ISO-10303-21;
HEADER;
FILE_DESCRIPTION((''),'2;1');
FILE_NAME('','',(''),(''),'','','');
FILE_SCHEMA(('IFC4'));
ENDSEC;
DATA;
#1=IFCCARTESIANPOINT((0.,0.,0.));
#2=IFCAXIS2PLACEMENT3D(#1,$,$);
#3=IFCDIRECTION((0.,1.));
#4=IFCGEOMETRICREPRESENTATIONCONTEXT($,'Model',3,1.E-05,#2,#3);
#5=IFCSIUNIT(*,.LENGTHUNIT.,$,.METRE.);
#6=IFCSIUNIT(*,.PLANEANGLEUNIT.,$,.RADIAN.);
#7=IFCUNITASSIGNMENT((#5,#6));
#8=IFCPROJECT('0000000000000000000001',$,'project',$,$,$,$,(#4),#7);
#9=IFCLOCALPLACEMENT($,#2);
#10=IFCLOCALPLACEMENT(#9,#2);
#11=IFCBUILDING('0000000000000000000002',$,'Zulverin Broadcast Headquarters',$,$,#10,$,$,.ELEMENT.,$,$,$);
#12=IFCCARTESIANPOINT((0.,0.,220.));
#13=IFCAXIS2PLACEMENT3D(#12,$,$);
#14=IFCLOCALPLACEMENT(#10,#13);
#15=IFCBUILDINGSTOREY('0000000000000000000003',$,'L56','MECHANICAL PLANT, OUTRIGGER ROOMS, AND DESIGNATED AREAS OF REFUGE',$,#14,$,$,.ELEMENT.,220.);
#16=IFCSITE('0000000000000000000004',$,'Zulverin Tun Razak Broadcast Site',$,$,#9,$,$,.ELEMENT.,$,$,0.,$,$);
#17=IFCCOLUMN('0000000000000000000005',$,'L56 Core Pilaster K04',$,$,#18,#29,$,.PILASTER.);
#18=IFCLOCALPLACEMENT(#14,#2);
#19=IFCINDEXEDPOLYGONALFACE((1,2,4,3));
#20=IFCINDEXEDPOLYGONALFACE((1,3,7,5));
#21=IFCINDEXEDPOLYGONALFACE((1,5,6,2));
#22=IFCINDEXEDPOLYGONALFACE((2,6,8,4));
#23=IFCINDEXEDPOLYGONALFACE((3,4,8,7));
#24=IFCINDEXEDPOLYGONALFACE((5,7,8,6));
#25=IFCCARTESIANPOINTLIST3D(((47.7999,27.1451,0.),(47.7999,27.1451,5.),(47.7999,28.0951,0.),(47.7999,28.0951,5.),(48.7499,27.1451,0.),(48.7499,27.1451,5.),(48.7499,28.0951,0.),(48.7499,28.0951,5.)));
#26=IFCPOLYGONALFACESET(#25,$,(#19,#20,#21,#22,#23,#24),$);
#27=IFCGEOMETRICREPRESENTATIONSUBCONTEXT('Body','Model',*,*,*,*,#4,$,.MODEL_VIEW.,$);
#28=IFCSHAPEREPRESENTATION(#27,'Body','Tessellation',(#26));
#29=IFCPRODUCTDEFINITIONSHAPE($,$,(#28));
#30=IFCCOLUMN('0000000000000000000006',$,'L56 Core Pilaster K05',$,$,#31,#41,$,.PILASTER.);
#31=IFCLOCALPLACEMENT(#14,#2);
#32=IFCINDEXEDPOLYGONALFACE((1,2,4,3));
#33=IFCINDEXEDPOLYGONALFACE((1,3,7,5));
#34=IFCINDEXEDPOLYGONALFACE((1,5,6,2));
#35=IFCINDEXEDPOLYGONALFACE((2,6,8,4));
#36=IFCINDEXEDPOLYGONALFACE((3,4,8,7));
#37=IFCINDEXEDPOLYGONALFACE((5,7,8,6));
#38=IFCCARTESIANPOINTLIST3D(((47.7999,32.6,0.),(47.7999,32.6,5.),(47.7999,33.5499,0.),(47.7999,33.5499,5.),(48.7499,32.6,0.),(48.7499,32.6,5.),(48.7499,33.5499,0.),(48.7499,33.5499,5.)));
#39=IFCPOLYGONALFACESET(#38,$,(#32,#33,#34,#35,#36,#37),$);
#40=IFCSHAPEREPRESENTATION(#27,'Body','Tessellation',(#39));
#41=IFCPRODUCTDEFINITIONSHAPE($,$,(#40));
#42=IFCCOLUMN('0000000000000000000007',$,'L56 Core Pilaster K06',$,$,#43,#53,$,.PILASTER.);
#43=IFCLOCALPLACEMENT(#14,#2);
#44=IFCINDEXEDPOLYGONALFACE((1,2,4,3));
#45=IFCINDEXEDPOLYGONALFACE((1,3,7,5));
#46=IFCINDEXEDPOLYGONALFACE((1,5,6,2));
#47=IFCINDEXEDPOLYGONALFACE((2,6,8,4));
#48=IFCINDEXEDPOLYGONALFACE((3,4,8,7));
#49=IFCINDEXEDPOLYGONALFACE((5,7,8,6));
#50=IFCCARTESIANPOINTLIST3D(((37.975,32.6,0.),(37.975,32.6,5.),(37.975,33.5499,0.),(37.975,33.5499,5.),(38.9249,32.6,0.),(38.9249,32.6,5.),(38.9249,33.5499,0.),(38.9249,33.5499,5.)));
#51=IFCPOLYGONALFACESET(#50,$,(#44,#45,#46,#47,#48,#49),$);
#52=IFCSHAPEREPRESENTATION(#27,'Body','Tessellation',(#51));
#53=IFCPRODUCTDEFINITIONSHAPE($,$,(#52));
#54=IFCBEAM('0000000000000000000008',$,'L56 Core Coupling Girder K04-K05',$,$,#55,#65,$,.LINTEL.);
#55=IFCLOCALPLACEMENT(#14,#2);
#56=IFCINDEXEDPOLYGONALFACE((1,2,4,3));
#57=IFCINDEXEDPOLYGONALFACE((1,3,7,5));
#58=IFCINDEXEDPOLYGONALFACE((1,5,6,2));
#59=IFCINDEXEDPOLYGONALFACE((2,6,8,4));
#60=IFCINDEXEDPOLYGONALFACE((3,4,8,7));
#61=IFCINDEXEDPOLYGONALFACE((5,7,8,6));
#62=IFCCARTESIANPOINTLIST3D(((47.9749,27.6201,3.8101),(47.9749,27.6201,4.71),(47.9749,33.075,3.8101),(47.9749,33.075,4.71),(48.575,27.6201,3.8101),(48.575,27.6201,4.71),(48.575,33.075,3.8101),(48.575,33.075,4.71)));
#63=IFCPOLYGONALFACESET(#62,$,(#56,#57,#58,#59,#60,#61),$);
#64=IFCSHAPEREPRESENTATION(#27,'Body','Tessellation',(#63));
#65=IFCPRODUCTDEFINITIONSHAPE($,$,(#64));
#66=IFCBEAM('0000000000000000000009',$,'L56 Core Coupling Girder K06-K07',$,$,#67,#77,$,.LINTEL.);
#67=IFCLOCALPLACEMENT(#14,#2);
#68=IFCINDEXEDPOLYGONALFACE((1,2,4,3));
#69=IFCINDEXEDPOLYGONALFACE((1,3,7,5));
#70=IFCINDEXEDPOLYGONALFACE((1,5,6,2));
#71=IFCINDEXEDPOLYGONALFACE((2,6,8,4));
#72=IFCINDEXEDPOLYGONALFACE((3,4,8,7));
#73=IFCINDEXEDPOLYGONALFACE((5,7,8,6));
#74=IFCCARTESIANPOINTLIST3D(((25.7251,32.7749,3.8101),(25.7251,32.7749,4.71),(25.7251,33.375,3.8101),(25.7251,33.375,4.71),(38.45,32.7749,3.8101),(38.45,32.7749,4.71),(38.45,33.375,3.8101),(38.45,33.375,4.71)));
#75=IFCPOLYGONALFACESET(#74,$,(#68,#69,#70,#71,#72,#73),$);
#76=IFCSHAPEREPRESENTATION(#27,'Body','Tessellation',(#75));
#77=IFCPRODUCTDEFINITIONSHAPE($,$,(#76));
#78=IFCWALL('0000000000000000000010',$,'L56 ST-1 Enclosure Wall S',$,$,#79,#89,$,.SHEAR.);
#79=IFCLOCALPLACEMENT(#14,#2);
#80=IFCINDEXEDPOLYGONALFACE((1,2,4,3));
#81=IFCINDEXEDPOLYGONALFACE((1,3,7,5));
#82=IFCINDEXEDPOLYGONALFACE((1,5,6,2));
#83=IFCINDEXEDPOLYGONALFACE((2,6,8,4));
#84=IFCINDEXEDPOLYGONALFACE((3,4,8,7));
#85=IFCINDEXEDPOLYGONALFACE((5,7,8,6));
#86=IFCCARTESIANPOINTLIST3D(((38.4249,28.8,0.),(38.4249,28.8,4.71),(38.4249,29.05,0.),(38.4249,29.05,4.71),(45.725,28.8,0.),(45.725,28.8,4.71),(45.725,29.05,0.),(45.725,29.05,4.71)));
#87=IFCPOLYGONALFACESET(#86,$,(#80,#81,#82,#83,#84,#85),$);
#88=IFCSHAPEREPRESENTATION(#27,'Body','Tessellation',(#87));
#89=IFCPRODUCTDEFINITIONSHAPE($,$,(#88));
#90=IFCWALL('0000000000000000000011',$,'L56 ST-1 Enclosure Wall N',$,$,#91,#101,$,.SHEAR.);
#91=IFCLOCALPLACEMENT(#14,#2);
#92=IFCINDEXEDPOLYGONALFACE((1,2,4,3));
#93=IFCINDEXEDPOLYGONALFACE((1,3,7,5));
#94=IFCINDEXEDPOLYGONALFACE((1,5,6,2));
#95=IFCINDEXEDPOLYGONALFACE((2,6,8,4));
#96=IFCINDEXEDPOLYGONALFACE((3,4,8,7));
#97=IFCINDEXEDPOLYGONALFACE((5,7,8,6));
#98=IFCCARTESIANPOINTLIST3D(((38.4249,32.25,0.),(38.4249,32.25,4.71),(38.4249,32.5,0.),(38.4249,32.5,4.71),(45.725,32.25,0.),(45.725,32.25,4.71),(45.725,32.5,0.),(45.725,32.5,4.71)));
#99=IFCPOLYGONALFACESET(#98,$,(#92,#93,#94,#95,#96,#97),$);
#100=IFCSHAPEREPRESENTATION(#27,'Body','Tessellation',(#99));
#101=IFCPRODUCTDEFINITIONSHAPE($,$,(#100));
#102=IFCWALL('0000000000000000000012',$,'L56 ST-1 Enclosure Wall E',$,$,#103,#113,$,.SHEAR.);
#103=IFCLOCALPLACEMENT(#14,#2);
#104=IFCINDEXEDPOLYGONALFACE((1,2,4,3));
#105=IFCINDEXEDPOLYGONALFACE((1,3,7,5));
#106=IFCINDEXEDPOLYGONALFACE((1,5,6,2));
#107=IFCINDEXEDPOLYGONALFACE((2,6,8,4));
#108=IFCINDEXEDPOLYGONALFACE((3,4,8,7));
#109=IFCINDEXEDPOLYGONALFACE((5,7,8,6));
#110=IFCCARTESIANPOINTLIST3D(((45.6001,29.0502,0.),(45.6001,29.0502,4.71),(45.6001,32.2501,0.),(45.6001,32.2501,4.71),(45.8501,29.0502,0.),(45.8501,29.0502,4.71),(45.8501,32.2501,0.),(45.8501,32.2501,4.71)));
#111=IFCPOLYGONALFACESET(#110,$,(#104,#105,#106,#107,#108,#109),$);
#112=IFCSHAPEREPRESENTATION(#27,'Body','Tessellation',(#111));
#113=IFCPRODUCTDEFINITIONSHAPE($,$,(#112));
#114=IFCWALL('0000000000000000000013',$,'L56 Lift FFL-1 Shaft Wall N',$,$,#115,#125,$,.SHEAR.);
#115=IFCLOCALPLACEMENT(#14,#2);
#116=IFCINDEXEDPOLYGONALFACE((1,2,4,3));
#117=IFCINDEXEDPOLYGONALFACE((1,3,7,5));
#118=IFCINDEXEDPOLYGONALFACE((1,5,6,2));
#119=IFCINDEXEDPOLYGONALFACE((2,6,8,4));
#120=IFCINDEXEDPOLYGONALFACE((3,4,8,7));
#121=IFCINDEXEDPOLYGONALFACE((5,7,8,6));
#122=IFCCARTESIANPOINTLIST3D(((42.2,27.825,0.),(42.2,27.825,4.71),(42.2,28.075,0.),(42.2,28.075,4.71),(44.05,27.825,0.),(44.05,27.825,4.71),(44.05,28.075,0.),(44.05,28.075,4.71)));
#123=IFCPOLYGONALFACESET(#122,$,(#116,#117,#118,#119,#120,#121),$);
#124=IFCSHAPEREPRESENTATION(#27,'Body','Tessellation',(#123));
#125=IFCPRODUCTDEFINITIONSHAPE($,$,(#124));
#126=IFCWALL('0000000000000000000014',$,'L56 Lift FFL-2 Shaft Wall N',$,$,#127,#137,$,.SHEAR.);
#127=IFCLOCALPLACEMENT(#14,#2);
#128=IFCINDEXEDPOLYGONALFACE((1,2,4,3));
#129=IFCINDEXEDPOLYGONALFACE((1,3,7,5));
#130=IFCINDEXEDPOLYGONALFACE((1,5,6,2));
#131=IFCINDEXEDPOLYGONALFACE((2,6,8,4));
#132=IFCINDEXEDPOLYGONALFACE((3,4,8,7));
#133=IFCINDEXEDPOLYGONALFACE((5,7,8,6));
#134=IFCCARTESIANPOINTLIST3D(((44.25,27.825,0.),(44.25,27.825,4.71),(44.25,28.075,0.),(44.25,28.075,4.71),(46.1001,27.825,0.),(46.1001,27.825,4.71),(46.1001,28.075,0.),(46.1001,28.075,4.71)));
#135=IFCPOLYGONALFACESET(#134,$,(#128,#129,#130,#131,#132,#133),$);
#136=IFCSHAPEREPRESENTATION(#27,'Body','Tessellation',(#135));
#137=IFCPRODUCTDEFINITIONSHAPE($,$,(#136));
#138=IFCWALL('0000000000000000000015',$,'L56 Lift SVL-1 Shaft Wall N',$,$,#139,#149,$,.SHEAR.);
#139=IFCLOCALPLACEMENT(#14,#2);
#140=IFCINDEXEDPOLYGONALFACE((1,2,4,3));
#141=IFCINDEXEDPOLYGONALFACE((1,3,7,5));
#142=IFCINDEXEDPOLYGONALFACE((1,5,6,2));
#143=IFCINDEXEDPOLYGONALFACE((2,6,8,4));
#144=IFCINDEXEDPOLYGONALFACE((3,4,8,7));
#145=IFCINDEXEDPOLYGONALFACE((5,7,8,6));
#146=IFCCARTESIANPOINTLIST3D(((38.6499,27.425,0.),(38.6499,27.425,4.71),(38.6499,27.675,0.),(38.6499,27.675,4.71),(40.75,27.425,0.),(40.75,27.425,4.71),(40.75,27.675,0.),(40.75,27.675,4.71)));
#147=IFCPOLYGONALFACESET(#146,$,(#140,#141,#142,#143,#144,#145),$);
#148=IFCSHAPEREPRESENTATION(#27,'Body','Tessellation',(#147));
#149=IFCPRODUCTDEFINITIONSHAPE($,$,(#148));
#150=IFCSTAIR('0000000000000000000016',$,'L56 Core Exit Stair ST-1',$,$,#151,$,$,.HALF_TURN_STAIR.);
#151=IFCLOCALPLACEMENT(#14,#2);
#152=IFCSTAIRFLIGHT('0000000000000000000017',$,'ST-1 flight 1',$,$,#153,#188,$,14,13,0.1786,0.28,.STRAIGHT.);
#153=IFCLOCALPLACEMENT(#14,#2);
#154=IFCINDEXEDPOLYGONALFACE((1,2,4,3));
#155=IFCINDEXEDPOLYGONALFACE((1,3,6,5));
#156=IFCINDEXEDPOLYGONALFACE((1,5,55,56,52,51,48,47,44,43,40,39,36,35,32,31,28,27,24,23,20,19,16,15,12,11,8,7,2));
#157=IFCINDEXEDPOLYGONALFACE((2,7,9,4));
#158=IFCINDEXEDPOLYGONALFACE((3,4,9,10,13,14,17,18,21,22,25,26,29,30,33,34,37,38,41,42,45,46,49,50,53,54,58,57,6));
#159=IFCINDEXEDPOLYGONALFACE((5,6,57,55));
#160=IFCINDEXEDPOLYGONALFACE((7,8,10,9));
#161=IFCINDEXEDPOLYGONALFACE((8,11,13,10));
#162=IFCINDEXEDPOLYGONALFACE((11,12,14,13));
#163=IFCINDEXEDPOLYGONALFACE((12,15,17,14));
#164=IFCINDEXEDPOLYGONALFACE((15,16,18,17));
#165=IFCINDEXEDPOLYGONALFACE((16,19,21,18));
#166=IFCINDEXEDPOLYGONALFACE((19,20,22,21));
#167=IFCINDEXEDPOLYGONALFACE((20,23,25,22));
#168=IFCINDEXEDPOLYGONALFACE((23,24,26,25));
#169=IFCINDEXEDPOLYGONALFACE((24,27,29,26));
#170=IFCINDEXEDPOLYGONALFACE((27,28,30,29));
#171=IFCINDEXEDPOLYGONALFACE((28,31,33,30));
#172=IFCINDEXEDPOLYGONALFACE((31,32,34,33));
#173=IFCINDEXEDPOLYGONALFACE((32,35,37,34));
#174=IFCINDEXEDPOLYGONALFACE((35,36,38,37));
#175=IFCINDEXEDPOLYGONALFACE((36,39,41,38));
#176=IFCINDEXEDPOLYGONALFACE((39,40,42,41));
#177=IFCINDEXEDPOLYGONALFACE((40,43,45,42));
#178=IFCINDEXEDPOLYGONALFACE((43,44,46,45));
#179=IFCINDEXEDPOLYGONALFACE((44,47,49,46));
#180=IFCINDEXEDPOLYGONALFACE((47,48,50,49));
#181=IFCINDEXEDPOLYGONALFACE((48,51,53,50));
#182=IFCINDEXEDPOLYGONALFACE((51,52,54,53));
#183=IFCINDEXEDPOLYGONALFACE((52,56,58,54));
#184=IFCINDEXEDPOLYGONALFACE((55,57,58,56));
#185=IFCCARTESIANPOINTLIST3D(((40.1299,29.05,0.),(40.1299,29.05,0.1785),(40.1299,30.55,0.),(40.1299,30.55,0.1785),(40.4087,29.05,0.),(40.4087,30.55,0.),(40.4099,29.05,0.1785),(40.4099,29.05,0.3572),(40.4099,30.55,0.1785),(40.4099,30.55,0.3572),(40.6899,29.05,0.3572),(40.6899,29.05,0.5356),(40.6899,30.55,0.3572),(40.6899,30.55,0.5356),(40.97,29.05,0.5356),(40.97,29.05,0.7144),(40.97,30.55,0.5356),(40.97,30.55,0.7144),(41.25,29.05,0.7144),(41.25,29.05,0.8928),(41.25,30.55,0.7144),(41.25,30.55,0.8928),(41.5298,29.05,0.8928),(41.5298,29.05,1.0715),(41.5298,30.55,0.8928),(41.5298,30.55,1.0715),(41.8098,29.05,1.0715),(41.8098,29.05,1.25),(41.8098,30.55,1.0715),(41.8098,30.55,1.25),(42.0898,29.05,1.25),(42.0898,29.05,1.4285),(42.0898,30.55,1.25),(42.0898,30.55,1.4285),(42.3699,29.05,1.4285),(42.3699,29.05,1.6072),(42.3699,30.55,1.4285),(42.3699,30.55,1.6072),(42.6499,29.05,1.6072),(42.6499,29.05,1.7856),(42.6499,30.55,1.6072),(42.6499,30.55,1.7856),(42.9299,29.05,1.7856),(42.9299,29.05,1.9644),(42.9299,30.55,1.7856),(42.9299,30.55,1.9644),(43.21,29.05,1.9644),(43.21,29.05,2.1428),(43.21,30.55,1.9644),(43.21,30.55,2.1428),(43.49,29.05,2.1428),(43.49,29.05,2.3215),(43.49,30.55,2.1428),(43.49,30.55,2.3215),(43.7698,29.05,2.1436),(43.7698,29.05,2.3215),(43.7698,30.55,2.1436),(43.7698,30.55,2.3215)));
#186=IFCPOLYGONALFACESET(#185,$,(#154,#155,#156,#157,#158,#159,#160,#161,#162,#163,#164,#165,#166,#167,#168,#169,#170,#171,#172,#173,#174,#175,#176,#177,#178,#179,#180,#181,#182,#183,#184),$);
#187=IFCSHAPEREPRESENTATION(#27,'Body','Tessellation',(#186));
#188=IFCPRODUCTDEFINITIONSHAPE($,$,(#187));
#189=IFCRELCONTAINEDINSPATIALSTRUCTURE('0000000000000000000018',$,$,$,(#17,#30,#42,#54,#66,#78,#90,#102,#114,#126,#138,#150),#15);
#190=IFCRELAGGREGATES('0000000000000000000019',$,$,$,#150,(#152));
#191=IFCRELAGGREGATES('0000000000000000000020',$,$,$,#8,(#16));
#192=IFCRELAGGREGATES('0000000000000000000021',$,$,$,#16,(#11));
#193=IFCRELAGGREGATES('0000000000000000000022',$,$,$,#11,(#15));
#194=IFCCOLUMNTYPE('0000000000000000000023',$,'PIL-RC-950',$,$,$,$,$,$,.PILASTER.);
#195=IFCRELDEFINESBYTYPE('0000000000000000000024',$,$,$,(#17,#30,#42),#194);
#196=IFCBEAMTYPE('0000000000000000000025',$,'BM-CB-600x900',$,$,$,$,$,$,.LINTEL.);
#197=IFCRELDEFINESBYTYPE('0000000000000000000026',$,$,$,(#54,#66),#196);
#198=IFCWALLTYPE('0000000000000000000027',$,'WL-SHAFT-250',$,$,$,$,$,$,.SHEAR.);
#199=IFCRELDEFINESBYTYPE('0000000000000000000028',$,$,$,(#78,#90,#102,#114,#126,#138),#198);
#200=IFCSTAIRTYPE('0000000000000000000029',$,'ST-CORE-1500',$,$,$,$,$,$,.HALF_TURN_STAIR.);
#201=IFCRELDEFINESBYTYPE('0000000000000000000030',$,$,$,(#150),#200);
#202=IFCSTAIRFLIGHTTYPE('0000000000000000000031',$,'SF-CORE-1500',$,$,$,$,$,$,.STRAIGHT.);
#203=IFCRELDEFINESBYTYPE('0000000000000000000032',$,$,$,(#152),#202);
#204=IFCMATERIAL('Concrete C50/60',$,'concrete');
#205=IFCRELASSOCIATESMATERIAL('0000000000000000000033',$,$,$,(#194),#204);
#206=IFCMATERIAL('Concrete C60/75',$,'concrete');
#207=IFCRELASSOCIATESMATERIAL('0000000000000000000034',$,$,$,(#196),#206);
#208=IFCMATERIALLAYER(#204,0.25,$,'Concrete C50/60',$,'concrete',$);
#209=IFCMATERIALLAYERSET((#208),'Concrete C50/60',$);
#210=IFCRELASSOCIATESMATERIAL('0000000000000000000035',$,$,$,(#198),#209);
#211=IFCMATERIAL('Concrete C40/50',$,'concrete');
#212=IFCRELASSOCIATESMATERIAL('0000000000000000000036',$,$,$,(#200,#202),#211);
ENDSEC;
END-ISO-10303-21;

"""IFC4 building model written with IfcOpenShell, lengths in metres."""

from ifc_helpers import new_model, si_unit, direction, frame, frame_2d, origin, origin_2d, place, context, subcontext, project, spatial, polyline, rectangle, outline, extrude, material, layer, layer_set, material_profile, profile_set, type_object, element, aggregate, save


model = new_model("IFC4")

# Units and contexts
model_context = context("Model", 3, precision=1e-05, world=origin(), true_north=direction((0.0, 1.0)))
body_context = subcontext(model_context, "Body", "Model", "MODEL_VIEW")
ifc_project = project(units=[si_unit("LENGTHUNIT", "METRE"), si_unit("PLANEANGLEUNIT", "RADIAN")], contexts=[model_context])

# Site, building, storey
site_placement = place(None, origin())
site = spatial("IfcSite", under=ifc_project, at=site_placement, Name="Zulverin Tun Razak Broadcast Site", CompositionType="ELEMENT", RefElevation=0.0)
building_placement = place(site_placement, origin())
building = spatial("IfcBuilding", under=site, at=building_placement, Name="Zulverin Broadcast Headquarters", CompositionType="ELEMENT")
storey_placement = place(building_placement, frame((0.0, 0.0, 220.0)))
storey = spatial("IfcBuildingStorey", under=building, at=storey_placement, Name="L56", Description="MECHANICAL PLANT, OUTRIGGER ROOMS, AND DESIGNATED AREAS OF REFUGE", CompositionType="ELEMENT", Elevation=220.0)

# Columns
ifc_material_1 = material(Name="Concrete C50/60", Category="concrete")
ifc_material_profile_1 = material_profile(ifc_material_1, rectangle(XDim=0.95, YDim=0.95, at=origin_2d()), Name="Concrete C50/60", Category="concrete")
ifc_profile_set_1 = profile_set([ifc_material_profile_1], Name="Concrete C50/60")
column_type = type_object("IfcColumnType", Name="PIL-RC-950", PredefinedType="PILASTER", material=ifc_profile_set_1)
for number, where, z_axis, x_axis, name in (
    (1, (48.2749, 27.6201, 0.0), (0.0, 0.0, 1.0), (1.0, 0.0, 0.0), "L56 Core Pilaster K04"),
    (2, (48.2749, 33.075, 0.0), (0.0, 0.0, 1.0), (1.0, 0.0, 0.0), "L56 Core Pilaster K05"),
    (3, (38.45, 33.075, 0.0), (0.0, 0.0, 1.0), (1.0, 0.0, 0.0), "L56 Core Pilaster K06"),
):
    element("IfcColumn", number, at=place(storey_placement, frame(where, z_axis=z_axis, x_axis=x_axis)), inside=storey, type_object=column_type, Name=name, PredefinedType="PILASTER", context=body_context, shape_type="SweptSolid", body=[
        extrude(rectangle(XDim=0.95, YDim=0.95, at=origin_2d()), origin(), (0.0, 0.0, 1.0), 5.0),
    ])

# Beams
ifc_material_2 = material(Name="Concrete C60/75", Category="concrete")
ifc_material_profile_2 = material_profile(ifc_material_2, rectangle(XDim=0.6001, YDim=0.8999, at=origin_2d()), Name="Concrete C60/75", Category="concrete")
ifc_profile_set_2 = profile_set([ifc_material_profile_2], Name="Concrete C60/75")
beam_type = type_object("IfcBeamType", Name="BM-CB-600x900", PredefinedType="LINTEL", material=ifc_profile_set_2)
beam_1_placement = place(storey_placement, frame((48.2749, 27.6201, 4.26), z_axis=(0.0, 1.0, 0.0), x_axis=(-1.0, 0.0, 0.0)))
element("IfcBeam", 4, at=beam_1_placement, inside=storey, type_object=beam_type, Name="L56 Core Coupling Girder K04-K05", PredefinedType="LINTEL", context=body_context, shape_type="SweptSolid", body=[
    extrude(rectangle(XDim=0.6001, YDim=0.8999, at=origin_2d()), origin(), (0.0, 0.0, 1.0), 5.4548),
])
beam_2_placement = place(storey_placement, frame((38.45, 33.075, 4.26), z_axis=(-1.0, 0.0, 0.0), x_axis=(0.0, -1.0, 0.0)))
element("IfcBeam", 5, at=beam_2_placement, inside=storey, type_object=beam_type, Name="L56 Core Coupling Girder K06-K07", PredefinedType="LINTEL", context=body_context, shape_type="SweptSolid", body=[
    extrude(rectangle(XDim=0.6001, YDim=0.8999, at=origin_2d()), origin(), (0.0, 0.0, 1.0), 12.7249),
])

# Walls
ifc_layer = layer(ifc_material_1, 0.25, Name="Concrete C50/60", Category="concrete")
ifc_layer_set = layer_set([ifc_layer], Name="Concrete C50/60")
wall_type = type_object("IfcWallType", Name="WL-SHAFT-250", PredefinedType="SHEAR", material=ifc_layer_set)
for number, where, z_axis, x_axis, name in (
    (6, (38.425, 28.925, 0.0), (0.0, 0.0, 1.0), (1.0, 0.0, 0.0), "L56 ST-1 Enclosure Wall S"),
    (7, (38.425, 32.375, 0.0), (0.0, 0.0, 1.0), (1.0, 0.0, 0.0), "L56 ST-1 Enclosure Wall N"),
):
    element("IfcWall", number, at=place(storey_placement, frame(where, z_axis=z_axis, x_axis=x_axis)), inside=storey, type_object=wall_type, Name=name, PredefinedType="SHEAR", context=body_context, shape_type="SweptSolid", body=[
        extrude(rectangle(XDim=7.3, YDim=0.25, at=frame_2d((3.6499, 0.0))), origin(), (0.0, 0.0, 1.0), 4.71),
    ])

# Walls
wall_1_placement = place(storey_placement, frame((45.7251, 29.05, 0.0), z_axis=(0.0, 0.0, 1.0), x_axis=(0.0, 1.0, 0.0)))
element("IfcWall", 8, at=wall_1_placement, inside=storey, type_object=wall_type, Name="L56 ST-1 Enclosure Wall E", PredefinedType="SHEAR", context=body_context, shape_type="SweptSolid", body=[
    extrude(rectangle(XDim=3.2, YDim=0.25, at=frame_2d((1.6001, 0.0))), origin(), (0.0, 0.0, 1.0), 4.71),
])
for number, where, z_axis, x_axis, name in (
    (9, (42.2, 27.95, 0.0), (0.0, 0.0, 1.0), (1.0, 0.0, 0.0), "L56 Lift FFL-1 Shaft Wall N"),
    (10, (44.25, 27.95, 0.0), (0.0, 0.0, 1.0), (1.0, 0.0, 0.0), "L56 Lift FFL-2 Shaft Wall N"),
):
    element("IfcWall", number, at=place(storey_placement, frame(where, z_axis=z_axis, x_axis=x_axis)), inside=storey, type_object=wall_type, Name=name, PredefinedType="SHEAR", context=body_context, shape_type="SweptSolid", body=[
        extrude(rectangle(XDim=1.8501, YDim=0.25, at=frame_2d((0.925, 0.0))), origin(), (0.0, 0.0, 1.0), 4.71),
    ])
wall_2_placement = place(storey_placement, frame((38.6499, 27.55, 0.0), z_axis=(0.0, 0.0, 1.0), x_axis=(1.0, 0.0, 0.0)))
element("IfcWall", 11, at=wall_2_placement, inside=storey, type_object=wall_type, Name="L56 Lift SVL-1 Shaft Wall N", PredefinedType="SHEAR", context=body_context, shape_type="SweptSolid", body=[
    extrude(rectangle(XDim=2.1001, YDim=0.25, at=frame_2d((1.05, 0.0))), origin(), (0.0, 0.0, 1.0), 4.71),
])

# Stair, stair flight
ifc_material_3 = material(Name="Concrete C40/50", Category="concrete")
stair_type = type_object("IfcStairType", Name="ST-CORE-1500", PredefinedType="HALF_TURN_STAIR", material=ifc_material_3)
stair_placement = place(storey_placement, origin())
stair = element("IfcStair", 12, at=stair_placement, inside=storey, type_object=stair_type, Name="L56 Core Exit Stair ST-1", PredefinedType="HALF_TURN_STAIR")
stair_flight_type = type_object("IfcStairFlightType", Name="SF-CORE-1500", PredefinedType="STRAIGHT", material=ifc_material_3)
stair_flight_1_placement = place(storey_placement, frame((40.1299, 29.8, 0.0), z_axis=(0.0, 0.0, 1.0), x_axis=(1.0, 0.0, 0.0)))
stair_flight_1 = element("IfcStairFlight", 13, at=stair_flight_1_placement, type_object=stair_flight_type, Name="ST-1 flight 1", NumberOfRisers=14, NumberOfTreads=13, PredefinedType="STRAIGHT", RiserHeight=0.1786, TreadLength=0.28, context=body_context, shape_type="SweptSolid", body=[
    extrude(outline(polyline([(0.0, 0.0), (0.0, 0.1785), (0.28, 0.1785), (0.28, 0.3572), (0.5601, 0.3572), (0.5601, 0.5356), (0.8401, 0.5356), (0.8401, 0.7144), (1.1201, 0.7144), (1.1201, 0.8928), (1.3999, 0.8928), (1.3999, 1.0715), (1.6799, 1.0715), (1.6799, 1.25), (1.96, 1.25), (1.96, 1.4285), (2.24, 1.4285), (2.24, 1.6072), (2.52, 1.6072), (2.52, 1.7856), (2.8, 1.7856), (2.8, 1.9644), (3.0801, 1.9644), (3.0801, 2.1428), (3.3601, 2.1428), (3.3601, 2.3215), (3.6399, 2.3215), (3.6399, 2.5), (3.6399, 2.1436), (0.2788, 0.0), (0.0, 0.0)])), frame((0.0, 0.75, 0.0), z_axis=(0.0, -1.0, 0.0), x_axis=(1.0, 0.0, 0.0)), (0.0, 0.0, 1.0), 1.5),
])
aggregate(stair, [stair_flight_1])

save(model, "model.ifc")
